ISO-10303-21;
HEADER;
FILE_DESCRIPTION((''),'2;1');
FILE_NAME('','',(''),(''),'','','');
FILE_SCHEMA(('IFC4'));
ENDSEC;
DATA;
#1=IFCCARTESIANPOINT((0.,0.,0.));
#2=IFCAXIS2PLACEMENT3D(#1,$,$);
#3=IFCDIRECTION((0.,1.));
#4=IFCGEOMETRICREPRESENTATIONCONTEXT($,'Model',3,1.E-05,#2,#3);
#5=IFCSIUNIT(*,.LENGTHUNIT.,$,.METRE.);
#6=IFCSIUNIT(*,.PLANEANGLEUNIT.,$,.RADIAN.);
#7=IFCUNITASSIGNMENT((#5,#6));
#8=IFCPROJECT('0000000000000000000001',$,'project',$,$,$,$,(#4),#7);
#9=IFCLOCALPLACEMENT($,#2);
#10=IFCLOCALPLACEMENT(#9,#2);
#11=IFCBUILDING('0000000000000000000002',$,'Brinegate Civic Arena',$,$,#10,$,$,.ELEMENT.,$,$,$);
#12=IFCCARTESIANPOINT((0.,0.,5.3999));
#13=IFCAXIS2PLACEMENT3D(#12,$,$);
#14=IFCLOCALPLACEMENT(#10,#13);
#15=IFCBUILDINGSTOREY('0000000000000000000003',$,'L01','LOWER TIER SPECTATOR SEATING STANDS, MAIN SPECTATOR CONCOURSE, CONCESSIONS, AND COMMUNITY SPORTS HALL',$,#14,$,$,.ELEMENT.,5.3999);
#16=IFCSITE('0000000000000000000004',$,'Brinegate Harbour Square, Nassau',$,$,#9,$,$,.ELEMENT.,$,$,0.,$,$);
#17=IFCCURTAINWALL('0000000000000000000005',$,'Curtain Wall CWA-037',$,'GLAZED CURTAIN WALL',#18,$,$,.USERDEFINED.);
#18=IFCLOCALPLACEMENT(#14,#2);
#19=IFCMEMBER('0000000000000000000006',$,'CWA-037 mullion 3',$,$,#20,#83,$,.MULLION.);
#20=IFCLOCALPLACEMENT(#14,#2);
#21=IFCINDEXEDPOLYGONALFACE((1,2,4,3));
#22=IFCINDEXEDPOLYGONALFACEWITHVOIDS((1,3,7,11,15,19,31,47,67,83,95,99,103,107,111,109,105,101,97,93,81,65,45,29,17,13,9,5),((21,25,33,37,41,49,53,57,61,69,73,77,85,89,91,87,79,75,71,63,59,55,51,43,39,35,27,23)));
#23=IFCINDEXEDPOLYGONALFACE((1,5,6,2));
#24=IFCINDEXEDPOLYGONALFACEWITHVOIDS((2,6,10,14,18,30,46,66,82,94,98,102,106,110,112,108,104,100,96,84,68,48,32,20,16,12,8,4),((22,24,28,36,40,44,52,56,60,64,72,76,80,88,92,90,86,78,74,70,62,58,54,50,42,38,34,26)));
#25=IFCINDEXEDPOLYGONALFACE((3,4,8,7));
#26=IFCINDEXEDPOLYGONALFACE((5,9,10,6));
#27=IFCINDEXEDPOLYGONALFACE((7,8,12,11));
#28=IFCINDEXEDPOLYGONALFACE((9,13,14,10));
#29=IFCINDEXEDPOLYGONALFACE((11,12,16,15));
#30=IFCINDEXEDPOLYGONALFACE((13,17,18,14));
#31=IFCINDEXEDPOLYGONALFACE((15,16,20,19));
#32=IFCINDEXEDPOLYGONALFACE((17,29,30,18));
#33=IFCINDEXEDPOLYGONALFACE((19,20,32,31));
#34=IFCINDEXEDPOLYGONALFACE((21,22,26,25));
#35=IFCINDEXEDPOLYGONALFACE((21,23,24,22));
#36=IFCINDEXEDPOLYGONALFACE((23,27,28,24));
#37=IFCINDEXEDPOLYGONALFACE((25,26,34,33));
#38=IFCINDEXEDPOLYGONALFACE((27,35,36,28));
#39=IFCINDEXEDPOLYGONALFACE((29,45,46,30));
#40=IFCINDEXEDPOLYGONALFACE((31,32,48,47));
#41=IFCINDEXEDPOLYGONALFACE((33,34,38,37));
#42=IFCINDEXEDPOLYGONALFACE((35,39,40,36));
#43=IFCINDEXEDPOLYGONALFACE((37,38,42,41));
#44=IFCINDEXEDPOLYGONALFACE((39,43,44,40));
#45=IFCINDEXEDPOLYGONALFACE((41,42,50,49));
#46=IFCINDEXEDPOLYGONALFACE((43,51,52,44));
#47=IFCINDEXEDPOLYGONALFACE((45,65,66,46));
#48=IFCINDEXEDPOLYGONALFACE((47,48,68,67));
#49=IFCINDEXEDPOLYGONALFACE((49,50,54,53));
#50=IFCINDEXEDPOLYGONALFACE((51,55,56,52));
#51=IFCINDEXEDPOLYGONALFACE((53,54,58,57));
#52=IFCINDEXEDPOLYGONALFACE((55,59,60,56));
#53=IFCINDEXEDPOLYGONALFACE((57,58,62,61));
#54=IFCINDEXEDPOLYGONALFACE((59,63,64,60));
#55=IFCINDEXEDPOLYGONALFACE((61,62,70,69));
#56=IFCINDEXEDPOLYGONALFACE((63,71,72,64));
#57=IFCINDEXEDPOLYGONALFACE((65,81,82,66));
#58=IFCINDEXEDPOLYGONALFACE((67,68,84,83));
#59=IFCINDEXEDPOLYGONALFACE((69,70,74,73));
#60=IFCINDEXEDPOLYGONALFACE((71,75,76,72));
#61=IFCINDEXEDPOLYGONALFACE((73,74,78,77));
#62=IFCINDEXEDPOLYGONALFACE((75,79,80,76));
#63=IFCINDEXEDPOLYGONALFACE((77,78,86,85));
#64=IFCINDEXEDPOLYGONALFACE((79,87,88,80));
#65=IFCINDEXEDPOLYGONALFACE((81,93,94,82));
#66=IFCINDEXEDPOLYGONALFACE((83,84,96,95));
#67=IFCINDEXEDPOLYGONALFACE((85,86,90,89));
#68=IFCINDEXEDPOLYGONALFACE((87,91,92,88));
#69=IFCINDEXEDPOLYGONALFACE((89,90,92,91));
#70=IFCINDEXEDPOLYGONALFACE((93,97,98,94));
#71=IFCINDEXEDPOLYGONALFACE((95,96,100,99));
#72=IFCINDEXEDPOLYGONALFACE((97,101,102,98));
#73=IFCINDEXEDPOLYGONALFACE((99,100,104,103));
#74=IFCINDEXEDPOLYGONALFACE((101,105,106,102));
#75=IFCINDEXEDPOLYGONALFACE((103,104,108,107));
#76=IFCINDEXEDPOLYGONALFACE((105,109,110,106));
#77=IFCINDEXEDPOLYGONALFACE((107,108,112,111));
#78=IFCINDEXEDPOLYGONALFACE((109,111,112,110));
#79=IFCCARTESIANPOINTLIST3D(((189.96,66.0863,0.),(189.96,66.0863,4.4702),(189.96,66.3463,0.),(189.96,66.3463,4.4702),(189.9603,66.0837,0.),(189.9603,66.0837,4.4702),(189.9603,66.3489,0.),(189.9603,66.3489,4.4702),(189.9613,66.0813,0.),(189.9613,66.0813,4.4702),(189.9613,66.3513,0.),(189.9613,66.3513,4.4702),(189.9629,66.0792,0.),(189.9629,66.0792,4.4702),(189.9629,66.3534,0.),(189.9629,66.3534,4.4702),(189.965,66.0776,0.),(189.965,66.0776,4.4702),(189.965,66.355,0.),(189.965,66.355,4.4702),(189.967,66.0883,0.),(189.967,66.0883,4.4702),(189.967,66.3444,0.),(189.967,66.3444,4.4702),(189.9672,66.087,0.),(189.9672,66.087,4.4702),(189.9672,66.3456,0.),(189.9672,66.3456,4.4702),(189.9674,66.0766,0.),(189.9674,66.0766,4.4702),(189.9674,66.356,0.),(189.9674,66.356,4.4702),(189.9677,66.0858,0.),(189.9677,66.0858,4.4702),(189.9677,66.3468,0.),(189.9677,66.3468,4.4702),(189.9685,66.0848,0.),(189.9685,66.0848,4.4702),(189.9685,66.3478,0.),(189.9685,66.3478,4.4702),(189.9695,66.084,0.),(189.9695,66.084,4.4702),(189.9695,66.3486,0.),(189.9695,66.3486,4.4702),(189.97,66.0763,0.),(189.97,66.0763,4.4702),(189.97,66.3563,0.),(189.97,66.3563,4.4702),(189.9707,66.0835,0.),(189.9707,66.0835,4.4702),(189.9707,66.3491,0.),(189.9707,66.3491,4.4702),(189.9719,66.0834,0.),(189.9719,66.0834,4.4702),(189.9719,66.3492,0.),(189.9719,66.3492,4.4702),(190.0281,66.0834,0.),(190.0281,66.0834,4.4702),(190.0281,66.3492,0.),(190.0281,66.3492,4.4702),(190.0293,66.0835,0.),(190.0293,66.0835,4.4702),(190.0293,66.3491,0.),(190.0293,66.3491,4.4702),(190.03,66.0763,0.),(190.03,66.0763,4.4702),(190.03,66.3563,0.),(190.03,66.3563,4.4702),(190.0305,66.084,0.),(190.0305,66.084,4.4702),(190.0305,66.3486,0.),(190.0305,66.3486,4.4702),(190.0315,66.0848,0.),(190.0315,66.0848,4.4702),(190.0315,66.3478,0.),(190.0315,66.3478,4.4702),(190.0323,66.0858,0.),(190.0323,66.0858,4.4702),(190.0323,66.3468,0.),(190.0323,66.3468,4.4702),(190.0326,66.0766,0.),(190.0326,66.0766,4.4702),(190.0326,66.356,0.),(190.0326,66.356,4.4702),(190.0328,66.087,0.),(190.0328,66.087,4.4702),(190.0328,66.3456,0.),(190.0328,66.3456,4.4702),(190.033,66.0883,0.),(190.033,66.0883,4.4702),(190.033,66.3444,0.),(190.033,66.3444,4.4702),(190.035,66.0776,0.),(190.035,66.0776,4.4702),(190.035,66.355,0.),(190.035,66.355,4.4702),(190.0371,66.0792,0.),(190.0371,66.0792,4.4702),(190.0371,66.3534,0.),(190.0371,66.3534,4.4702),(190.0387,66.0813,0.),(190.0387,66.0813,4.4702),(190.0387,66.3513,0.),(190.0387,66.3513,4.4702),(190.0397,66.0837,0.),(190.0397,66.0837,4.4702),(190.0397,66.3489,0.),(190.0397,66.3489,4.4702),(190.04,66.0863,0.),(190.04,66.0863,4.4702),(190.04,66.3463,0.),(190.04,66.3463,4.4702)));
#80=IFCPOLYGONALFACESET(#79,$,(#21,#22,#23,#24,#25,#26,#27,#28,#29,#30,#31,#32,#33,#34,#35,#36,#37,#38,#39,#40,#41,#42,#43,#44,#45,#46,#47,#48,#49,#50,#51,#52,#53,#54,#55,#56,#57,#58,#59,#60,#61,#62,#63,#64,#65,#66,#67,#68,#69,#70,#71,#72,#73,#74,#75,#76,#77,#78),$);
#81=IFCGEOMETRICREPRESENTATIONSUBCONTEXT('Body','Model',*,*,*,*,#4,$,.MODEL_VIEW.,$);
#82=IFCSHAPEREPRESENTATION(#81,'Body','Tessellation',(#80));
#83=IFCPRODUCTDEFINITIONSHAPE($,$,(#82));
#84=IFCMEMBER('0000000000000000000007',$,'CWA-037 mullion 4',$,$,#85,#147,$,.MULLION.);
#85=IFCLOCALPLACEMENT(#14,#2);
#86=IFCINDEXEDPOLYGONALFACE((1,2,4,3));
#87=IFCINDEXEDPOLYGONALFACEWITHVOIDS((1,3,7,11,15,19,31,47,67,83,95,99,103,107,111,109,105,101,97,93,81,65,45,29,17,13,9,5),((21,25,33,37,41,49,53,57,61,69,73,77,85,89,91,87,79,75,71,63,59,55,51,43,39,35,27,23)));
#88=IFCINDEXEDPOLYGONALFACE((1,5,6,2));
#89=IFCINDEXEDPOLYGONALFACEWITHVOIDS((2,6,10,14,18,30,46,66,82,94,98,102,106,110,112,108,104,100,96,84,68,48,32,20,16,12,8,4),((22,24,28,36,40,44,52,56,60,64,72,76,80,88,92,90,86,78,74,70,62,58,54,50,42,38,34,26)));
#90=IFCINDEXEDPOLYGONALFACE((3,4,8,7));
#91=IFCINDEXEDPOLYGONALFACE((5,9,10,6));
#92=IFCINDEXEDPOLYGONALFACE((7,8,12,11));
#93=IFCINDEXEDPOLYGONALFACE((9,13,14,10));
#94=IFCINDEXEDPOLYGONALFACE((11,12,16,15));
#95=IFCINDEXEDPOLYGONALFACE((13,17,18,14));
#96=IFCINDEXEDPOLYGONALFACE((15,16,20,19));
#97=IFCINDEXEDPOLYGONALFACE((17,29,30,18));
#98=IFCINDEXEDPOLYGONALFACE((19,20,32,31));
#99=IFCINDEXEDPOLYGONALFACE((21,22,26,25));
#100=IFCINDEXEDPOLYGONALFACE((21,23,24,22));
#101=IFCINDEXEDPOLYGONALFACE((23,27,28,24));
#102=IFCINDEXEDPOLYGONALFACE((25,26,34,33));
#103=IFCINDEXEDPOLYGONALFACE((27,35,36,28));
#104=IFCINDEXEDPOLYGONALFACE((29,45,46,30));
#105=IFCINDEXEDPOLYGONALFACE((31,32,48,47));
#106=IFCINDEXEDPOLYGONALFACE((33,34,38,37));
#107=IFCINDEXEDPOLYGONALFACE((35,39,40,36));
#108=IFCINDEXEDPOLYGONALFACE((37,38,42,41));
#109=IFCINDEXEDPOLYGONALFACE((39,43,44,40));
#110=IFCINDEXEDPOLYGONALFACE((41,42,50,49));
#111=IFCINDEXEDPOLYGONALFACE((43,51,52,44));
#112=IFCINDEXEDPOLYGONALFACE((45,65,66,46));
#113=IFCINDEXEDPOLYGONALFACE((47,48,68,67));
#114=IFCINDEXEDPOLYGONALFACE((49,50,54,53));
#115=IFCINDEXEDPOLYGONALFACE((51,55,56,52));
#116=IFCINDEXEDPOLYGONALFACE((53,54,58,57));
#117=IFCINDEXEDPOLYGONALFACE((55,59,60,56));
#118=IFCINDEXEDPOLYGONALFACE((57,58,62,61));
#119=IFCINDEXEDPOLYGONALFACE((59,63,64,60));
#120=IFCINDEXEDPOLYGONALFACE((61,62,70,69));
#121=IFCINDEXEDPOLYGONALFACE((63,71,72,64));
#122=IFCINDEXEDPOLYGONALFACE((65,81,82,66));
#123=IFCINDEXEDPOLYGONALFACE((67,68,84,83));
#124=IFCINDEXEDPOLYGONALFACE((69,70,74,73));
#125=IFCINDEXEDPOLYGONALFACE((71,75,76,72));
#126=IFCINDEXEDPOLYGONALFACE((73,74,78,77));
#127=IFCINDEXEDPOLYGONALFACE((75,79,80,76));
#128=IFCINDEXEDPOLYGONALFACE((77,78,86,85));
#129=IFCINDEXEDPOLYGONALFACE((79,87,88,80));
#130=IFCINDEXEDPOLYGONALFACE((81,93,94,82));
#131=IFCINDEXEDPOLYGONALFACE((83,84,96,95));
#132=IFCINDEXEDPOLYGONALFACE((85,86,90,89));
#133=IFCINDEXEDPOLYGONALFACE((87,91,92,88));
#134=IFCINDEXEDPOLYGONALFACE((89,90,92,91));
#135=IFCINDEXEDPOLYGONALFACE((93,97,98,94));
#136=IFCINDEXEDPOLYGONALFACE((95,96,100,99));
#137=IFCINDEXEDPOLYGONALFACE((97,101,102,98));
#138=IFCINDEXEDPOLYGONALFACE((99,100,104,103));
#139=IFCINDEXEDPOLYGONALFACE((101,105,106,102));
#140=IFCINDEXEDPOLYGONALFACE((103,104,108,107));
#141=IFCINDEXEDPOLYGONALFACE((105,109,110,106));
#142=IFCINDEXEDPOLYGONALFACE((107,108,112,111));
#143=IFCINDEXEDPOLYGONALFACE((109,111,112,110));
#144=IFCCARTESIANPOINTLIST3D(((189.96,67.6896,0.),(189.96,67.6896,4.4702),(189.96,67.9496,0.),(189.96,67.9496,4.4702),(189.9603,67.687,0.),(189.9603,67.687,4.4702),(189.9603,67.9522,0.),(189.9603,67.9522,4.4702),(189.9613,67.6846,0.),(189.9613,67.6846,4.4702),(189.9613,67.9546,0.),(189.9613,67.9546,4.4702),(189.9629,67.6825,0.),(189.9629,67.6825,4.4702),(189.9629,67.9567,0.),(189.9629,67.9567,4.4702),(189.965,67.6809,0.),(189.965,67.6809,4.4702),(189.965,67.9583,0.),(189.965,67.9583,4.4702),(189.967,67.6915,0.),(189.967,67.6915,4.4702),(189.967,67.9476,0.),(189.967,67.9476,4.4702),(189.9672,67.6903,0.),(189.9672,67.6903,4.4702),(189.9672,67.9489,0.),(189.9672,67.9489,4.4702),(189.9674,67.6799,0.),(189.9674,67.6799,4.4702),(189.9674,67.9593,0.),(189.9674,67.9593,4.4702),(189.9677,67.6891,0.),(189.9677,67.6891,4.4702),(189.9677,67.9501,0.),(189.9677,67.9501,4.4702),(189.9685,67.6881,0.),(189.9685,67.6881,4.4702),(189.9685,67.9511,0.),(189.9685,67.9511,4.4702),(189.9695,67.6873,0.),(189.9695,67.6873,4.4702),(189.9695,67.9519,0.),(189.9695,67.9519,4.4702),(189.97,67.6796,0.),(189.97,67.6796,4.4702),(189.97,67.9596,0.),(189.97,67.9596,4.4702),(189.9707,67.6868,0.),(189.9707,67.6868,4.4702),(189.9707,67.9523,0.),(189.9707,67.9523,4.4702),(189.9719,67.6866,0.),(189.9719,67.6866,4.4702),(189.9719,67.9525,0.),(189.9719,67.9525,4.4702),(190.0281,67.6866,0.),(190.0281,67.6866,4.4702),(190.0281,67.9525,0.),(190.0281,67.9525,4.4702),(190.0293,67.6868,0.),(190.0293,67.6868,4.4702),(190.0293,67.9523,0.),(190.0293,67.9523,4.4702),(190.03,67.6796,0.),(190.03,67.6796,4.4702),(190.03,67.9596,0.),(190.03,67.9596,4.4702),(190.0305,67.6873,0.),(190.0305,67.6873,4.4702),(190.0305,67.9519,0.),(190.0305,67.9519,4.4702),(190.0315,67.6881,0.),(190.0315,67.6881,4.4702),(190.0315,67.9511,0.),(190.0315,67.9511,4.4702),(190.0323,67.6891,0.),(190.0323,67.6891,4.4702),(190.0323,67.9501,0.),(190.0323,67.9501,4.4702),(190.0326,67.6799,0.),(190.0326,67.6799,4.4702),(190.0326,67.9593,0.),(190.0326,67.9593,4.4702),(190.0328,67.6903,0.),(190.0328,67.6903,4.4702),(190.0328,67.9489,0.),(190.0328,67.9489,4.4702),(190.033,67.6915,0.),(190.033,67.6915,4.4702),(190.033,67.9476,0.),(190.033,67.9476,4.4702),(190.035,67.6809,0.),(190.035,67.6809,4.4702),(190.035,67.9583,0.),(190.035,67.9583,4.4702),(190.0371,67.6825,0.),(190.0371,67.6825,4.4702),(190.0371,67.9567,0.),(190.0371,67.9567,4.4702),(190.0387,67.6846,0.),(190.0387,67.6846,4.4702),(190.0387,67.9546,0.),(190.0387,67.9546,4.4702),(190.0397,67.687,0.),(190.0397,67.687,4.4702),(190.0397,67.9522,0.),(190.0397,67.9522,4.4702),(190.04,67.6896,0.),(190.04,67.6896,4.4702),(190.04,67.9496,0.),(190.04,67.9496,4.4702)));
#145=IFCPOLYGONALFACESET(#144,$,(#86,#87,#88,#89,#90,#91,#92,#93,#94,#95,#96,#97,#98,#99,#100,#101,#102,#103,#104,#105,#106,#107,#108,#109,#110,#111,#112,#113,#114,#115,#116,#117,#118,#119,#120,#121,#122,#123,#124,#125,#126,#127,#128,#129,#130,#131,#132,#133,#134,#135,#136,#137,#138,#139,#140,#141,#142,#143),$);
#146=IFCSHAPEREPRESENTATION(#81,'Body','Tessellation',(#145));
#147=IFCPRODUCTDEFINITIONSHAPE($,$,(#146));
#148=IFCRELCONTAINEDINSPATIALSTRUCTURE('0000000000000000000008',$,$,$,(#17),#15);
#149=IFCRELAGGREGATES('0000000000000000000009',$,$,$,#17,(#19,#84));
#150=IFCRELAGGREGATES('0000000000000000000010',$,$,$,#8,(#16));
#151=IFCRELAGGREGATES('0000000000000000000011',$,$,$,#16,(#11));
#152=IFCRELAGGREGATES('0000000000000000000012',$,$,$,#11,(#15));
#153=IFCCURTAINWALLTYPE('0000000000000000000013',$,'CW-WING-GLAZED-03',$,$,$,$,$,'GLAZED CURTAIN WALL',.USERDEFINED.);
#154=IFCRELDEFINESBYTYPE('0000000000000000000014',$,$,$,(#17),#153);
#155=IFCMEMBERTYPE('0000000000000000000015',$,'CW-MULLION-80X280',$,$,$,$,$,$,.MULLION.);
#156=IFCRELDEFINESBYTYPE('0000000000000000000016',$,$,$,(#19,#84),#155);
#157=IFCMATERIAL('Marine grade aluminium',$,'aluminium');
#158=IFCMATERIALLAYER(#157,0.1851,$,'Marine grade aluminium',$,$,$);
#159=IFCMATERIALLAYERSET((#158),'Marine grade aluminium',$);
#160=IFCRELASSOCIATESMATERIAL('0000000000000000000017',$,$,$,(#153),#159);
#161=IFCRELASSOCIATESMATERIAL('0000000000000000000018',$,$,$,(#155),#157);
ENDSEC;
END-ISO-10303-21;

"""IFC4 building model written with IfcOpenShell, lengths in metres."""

from ifc_helpers import new_model, si_unit, direction, frame, origin, origin_2d, place, context, subcontext, project, spatial, hollow_rectangle, extrude, material, layer, layer_set, material_profile, profile_set, type_object, element, aggregate, save


model = new_model("IFC4")

# Units and contexts
model_context = context("Model", 3, precision=1e-05, world=origin(), true_north=direction((0.0, 1.0)))
body_context = subcontext(model_context, "Body", "Model", "MODEL_VIEW")
ifc_project = project(units=[si_unit("LENGTHUNIT", "METRE"), si_unit("PLANEANGLEUNIT", "RADIAN")], contexts=[model_context])

# Site, building, storey
site_placement = place(None, origin())
site = spatial("IfcSite", under=ifc_project, at=site_placement, Name="Brinegate Harbour Square, Nassau", CompositionType="ELEMENT", RefElevation=0.0)
building_placement = place(site_placement, origin())
building = spatial("IfcBuilding", under=site, at=building_placement, Name="Brinegate Civic Arena", CompositionType="ELEMENT")
storey_placement = place(building_placement, frame((0.0, 0.0, 5.3999)))
storey = spatial("IfcBuildingStorey", under=building, at=storey_placement, Name="L01", Description="LOWER TIER SPECTATOR SEATING STANDS, MAIN SPECTATOR CONCOURSE, CONCESSIONS, AND COMMUNITY SPORTS HALL", CompositionType="ELEMENT", Elevation=5.3999)

# Curtain wall, members
ifc_material_1 = material(Name="Marine grade aluminium", Category="aluminium")
ifc_layer_1 = layer(ifc_material_1, 0.1851, Name="Marine grade aluminium")
ifc_layer_set_1 = layer_set([ifc_layer_1], Name="Marine grade aluminium")
curtain_wall_type = type_object("IfcCurtainWallType", Name="CW-WING-GLAZED-03", ElementType="GLAZED CURTAIN WALL", PredefinedType="USERDEFINED", material=ifc_layer_set_1)
curtain_wall_placement = place(storey_placement, origin())
curtain_wall = element("IfcCurtainWall", 1, at=curtain_wall_placement, inside=storey, type_object=curtain_wall_type, Name="Curtain Wall CWA-037", ObjectType="GLAZED CURTAIN WALL", PredefinedType="USERDEFINED")
ifc_material_profile_1 = material_profile(ifc_material_1, hollow_rectangle(XDim=0.0801, YDim=0.28, WallThickness=0.0071, InnerFilletRadius=0.0049, OuterFilletRadius=0.01, at=origin_2d()), Name="MUL80X280")
ifc_profile_set_1 = profile_set([ifc_material_profile_1], Name="Marine grade aluminium")
member_type_1 = type_object("IfcMemberType", Name="CW-MULLION-80X280", PredefinedType="MULLION", material=ifc_profile_set_1)
member_1_placement = place(storey_placement, frame((190.0, 66.2163, 0.0), z_axis=(0.0, 0.0, 1.0), x_axis=(-1.0, 0.0, 0.0)))
member_1 = element("IfcMember", 2, at=member_1_placement, type_object=member_type_1, Name="CWA-037 mullion 3", PredefinedType="MULLION", context=body_context, shape_type="SweptSolid", body=[
    extrude(hollow_rectangle(XDim=0.0801, YDim=0.28, WallThickness=0.0071, InnerFilletRadius=0.0049, OuterFilletRadius=0.01, at=origin_2d()), origin(), (0.0, 0.0, 1.0), 4.4702),
])
member_2_placement = place(storey_placement, frame((190.0, 67.8196, 0.0), z_axis=(0.0, 0.0, 1.0), x_axis=(-1.0, 0.0, 0.0)))
member_2 = element("IfcMember", 3, at=member_2_placement, type_object=member_type_1, Name="CWA-037 mullion 4", PredefinedType="MULLION", context=body_context, shape_type="SweptSolid", body=[
    extrude(hollow_rectangle(XDim=0.0801, YDim=0.28, WallThickness=0.0071, InnerFilletRadius=0.0049, OuterFilletRadius=0.01, at=origin_2d()), origin(), (0.0, 0.0, 1.0), 4.4702),
])

aggregate(curtain_wall, [member_1, member_2])

save(model, "model.ifc")
